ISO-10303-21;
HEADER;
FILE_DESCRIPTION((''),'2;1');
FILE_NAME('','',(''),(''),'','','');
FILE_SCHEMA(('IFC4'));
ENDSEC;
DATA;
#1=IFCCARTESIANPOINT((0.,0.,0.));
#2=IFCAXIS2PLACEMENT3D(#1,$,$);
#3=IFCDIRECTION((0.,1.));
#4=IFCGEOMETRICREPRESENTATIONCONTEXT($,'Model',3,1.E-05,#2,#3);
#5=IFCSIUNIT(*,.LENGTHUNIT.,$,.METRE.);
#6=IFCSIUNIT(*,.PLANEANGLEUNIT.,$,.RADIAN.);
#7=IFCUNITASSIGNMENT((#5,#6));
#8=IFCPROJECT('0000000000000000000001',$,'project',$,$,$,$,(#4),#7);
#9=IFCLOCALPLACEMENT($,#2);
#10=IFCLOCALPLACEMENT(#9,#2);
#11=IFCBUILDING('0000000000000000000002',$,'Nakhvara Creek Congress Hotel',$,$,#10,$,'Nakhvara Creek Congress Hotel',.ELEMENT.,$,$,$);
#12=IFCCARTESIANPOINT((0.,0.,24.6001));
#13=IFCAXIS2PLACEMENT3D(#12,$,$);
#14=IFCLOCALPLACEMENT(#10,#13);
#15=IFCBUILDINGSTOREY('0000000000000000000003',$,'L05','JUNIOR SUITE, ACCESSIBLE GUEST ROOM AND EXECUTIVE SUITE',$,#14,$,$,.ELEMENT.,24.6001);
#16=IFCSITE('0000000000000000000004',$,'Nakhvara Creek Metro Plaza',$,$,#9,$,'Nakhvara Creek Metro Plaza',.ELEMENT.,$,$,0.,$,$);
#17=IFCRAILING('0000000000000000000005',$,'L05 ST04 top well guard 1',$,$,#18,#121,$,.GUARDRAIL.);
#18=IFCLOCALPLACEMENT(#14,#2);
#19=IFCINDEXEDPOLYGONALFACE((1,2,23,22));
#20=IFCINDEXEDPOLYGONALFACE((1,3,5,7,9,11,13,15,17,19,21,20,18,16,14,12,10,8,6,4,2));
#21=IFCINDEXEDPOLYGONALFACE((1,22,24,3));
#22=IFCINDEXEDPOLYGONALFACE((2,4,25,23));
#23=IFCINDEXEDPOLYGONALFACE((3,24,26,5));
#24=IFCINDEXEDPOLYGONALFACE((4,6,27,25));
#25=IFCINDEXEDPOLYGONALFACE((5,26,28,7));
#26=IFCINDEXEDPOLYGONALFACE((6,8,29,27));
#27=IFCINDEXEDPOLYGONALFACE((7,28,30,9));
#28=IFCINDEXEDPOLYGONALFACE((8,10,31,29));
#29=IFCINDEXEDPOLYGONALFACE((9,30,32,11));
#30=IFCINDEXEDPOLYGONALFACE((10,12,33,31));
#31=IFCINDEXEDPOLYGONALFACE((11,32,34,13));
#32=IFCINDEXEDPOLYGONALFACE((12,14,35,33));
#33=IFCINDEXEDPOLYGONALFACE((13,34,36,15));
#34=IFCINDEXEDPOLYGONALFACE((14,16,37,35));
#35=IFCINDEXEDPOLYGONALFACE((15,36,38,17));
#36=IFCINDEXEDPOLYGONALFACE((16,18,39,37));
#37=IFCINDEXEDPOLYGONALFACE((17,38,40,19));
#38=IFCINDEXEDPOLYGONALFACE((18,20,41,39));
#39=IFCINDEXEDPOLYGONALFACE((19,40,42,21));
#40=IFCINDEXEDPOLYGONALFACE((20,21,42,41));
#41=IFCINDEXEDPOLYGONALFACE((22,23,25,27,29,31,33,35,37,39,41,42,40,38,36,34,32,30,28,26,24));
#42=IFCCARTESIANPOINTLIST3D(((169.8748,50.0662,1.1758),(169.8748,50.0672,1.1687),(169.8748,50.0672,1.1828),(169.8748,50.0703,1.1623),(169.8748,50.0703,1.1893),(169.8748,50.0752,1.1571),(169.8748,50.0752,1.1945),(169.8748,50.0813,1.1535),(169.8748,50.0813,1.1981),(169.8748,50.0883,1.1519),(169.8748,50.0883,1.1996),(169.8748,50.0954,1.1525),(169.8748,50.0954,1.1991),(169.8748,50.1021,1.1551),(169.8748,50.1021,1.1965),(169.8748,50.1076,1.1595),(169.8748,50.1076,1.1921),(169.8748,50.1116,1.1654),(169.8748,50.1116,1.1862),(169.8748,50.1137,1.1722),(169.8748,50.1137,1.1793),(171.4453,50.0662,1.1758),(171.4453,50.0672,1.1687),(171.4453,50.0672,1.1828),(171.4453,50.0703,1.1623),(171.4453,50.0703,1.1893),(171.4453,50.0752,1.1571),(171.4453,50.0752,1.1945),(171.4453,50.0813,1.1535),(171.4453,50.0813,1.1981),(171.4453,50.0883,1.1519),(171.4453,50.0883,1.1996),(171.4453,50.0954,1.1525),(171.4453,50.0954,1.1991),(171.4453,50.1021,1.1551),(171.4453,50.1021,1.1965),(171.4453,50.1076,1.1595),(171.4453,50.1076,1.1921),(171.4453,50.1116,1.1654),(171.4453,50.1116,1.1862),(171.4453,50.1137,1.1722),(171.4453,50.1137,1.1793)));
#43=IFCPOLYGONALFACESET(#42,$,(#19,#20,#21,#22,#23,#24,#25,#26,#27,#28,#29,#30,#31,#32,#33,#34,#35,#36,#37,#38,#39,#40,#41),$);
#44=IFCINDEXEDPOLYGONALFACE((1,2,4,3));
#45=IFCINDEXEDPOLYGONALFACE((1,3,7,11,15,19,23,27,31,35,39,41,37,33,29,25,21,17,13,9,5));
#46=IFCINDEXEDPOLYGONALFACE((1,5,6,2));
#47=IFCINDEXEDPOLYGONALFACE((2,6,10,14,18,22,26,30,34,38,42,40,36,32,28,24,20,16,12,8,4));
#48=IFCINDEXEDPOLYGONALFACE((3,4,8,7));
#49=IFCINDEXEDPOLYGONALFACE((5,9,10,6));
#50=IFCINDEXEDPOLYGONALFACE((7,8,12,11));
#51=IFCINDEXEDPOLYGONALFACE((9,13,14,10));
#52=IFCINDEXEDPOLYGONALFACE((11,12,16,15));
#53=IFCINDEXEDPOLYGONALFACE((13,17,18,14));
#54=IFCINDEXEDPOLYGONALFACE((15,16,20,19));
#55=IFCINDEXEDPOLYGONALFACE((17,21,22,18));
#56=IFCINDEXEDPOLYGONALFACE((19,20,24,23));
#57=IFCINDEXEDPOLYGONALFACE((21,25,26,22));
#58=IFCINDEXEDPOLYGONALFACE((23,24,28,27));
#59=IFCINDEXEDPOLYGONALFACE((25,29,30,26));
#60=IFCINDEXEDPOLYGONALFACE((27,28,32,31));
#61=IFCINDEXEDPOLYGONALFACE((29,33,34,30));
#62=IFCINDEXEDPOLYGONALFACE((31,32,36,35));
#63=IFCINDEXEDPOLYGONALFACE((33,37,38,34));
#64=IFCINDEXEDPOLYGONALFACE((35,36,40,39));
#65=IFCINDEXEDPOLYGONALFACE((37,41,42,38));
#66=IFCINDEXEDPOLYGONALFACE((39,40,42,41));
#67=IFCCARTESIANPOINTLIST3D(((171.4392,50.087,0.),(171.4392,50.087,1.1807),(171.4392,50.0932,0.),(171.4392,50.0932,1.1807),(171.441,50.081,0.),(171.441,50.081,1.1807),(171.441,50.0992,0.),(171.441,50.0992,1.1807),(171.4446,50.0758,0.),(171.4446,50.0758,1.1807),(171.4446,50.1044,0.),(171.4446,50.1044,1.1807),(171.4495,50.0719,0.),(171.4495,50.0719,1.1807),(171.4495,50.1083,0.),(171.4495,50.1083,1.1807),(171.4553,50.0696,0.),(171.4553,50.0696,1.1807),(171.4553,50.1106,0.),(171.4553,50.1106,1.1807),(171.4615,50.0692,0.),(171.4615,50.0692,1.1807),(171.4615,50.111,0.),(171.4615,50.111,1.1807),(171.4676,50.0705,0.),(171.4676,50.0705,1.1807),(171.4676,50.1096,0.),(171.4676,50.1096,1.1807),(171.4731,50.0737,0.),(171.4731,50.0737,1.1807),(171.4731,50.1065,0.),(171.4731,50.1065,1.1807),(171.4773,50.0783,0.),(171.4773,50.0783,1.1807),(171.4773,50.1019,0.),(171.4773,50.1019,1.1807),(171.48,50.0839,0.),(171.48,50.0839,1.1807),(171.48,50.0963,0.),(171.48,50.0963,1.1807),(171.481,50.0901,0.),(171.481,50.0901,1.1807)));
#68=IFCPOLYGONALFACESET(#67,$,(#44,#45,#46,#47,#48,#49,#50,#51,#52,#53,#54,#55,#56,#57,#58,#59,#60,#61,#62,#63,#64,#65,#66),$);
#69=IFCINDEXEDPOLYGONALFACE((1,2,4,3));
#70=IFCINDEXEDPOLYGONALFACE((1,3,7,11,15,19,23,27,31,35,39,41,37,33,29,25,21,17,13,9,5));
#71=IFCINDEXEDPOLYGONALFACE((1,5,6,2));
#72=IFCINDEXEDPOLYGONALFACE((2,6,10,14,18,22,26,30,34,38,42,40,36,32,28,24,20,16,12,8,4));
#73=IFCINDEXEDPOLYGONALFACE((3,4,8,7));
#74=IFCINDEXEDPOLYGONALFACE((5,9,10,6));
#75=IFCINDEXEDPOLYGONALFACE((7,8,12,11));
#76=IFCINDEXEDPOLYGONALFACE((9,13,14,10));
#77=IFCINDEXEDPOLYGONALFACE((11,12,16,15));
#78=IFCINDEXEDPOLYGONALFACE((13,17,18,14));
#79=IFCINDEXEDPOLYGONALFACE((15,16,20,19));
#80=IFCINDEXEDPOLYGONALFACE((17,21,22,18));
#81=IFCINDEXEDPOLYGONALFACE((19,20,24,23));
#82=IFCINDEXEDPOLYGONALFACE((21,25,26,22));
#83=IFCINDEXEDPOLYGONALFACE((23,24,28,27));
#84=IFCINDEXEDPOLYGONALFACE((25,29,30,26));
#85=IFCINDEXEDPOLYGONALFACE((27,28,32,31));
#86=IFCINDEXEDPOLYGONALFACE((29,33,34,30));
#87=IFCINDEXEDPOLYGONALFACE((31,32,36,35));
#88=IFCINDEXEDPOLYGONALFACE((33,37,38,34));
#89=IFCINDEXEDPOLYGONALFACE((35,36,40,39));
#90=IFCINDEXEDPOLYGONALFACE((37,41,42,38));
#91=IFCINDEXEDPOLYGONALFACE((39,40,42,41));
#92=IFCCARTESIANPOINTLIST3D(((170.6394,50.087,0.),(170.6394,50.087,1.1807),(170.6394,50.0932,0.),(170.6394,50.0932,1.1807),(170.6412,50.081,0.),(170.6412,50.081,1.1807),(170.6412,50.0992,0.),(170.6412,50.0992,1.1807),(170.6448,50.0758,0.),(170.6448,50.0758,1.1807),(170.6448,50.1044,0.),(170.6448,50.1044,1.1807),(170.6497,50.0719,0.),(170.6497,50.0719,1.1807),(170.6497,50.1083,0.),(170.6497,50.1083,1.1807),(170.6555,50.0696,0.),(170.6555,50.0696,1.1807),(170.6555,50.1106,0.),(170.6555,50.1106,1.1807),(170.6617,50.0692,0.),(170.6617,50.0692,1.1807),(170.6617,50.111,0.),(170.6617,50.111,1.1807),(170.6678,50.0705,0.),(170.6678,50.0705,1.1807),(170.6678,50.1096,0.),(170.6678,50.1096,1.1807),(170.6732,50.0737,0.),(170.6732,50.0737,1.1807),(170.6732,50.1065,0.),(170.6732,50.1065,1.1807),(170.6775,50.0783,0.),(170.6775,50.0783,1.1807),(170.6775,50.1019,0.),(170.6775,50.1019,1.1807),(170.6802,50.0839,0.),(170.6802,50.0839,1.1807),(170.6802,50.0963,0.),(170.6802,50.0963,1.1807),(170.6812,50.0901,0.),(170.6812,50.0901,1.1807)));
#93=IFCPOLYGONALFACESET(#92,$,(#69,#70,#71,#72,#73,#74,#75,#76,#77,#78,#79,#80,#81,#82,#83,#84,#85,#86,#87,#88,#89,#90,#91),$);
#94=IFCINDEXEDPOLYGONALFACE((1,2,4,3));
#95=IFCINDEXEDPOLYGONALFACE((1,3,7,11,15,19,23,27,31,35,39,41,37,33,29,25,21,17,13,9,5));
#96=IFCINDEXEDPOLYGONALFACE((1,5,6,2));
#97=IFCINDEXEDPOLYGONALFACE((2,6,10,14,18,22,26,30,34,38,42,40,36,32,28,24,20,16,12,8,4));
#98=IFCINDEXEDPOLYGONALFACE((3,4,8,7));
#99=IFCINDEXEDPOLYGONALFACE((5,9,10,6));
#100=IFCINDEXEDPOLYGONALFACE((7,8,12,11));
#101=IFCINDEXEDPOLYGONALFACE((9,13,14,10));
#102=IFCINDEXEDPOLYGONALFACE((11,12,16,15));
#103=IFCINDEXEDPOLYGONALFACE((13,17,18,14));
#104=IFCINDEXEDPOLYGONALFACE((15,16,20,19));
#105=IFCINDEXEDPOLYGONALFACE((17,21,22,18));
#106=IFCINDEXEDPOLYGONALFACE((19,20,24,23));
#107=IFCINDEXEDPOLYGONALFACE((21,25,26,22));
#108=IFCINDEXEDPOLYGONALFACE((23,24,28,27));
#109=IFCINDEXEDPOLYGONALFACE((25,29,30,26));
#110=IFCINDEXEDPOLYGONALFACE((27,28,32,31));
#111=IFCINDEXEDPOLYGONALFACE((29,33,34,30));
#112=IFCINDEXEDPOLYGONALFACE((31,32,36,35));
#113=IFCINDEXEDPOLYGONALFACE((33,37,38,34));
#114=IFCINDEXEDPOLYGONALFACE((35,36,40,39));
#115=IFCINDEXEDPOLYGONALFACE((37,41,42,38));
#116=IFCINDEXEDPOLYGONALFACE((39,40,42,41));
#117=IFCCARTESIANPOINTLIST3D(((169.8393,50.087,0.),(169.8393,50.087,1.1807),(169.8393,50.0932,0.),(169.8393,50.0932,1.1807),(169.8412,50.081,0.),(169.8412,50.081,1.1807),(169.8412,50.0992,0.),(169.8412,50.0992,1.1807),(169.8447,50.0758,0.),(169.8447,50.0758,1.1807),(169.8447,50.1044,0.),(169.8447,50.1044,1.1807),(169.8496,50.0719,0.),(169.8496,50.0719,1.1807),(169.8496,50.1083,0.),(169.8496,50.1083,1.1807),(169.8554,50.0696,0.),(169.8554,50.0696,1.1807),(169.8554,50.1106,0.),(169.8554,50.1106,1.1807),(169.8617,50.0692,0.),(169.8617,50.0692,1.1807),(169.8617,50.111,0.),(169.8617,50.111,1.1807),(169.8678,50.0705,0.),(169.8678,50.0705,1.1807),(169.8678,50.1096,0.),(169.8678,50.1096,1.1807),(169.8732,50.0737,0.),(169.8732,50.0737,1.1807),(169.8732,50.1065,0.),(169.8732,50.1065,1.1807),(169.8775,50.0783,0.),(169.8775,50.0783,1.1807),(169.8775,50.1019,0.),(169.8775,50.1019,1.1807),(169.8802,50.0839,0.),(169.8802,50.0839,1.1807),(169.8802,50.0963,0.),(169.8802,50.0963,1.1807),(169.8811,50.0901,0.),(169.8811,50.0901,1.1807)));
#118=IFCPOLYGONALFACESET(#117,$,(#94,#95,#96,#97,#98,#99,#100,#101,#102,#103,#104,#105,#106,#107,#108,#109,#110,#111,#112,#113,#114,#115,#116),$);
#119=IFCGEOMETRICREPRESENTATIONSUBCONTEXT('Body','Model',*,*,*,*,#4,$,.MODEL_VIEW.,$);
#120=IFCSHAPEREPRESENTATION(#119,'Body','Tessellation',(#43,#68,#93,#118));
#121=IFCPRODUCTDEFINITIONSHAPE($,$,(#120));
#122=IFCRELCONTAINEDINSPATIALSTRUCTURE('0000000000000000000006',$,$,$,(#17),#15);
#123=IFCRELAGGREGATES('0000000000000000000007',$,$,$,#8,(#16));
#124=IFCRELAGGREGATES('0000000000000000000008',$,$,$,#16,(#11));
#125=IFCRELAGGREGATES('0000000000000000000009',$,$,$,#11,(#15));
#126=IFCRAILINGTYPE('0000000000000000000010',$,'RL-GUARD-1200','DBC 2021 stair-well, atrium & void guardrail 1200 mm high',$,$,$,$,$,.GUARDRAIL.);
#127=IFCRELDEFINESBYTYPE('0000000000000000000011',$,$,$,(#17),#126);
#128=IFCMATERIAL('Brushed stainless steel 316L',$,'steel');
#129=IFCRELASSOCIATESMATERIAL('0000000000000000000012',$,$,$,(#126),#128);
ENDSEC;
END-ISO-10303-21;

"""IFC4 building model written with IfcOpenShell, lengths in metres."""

from ifc_helpers import new_model, si_unit, direction, frame, origin, origin_2d, place, context, subcontext, project, spatial, circle, extrude, material, type_object, element, save


model = new_model("IFC4")

# Units and contexts
model_context = context("Model", 3, precision=1e-05, world=origin(), true_north=direction((0.0, 1.0)))
body_context = subcontext(model_context, "Body", "Model", "MODEL_VIEW")
ifc_project = project(units=[si_unit("LENGTHUNIT", "METRE"), si_unit("PLANEANGLEUNIT", "RADIAN")], contexts=[model_context])

# Site, building, storey
site_placement = place(None, origin())
site = spatial("IfcSite", under=ifc_project, at=site_placement, Name="Nakhvara Creek Metro Plaza", LongName="Nakhvara Creek Metro Plaza", CompositionType="ELEMENT", RefElevation=0.0)
building_placement = place(site_placement, origin())
building = spatial("IfcBuilding", under=site, at=building_placement, Name="Nakhvara Creek Congress Hotel", LongName="Nakhvara Creek Congress Hotel", CompositionType="ELEMENT")
storey_placement = place(building_placement, frame((0.0, 0.0, 24.6001)))
storey = spatial("IfcBuildingStorey", under=building, at=storey_placement, Name="L05", Description="JUNIOR SUITE, ACCESSIBLE GUEST ROOM AND EXECUTIVE SUITE", CompositionType="ELEMENT", Elevation=24.6001)

# Railing
ifc_material_1 = material(Name="Brushed stainless steel 316L", Category="steel")
railing_type = type_object("IfcRailingType", Name="RL-GUARD-1200", Description="DBC 2021 stair-well, atrium & void guardrail 1200 mm high", PredefinedType="GUARDRAIL", material=ifc_material_1)
railing_placement = place(storey_placement, frame((171.46, 50.0901, 0.0)))
element("IfcRailing", 1, at=railing_placement, inside=storey, type_object=railing_type, Name="L05 ST04 top well guard 1", PredefinedType="GUARDRAIL", context=body_context, shape_type="SweptSolid", body=[
    extrude(circle(Radius=0.0239, at=origin_2d()), frame((-0.0146, 0.0, 1.1758), z_axis=(-1.0, 0.0, 0.0), x_axis=(0.0, -1.0, 0.0)), (0.0, 0.0, 1.0), 1.5706),
    extrude(circle(Radius=0.021, at=origin_2d()), origin(), (0.0, 0.0, 1.0), 1.1807),
    extrude(circle(Radius=0.021, at=origin_2d()), frame((-0.7998, 0.0, 0.0)), (0.0, 0.0, 1.0), 1.1807),
    extrude(circle(Radius=0.021, at=origin_2d()), frame((-1.5999, 0.0, 0.0)), (0.0, 0.0, 1.0), 1.1807),
])

save(model, "model.ifc")
